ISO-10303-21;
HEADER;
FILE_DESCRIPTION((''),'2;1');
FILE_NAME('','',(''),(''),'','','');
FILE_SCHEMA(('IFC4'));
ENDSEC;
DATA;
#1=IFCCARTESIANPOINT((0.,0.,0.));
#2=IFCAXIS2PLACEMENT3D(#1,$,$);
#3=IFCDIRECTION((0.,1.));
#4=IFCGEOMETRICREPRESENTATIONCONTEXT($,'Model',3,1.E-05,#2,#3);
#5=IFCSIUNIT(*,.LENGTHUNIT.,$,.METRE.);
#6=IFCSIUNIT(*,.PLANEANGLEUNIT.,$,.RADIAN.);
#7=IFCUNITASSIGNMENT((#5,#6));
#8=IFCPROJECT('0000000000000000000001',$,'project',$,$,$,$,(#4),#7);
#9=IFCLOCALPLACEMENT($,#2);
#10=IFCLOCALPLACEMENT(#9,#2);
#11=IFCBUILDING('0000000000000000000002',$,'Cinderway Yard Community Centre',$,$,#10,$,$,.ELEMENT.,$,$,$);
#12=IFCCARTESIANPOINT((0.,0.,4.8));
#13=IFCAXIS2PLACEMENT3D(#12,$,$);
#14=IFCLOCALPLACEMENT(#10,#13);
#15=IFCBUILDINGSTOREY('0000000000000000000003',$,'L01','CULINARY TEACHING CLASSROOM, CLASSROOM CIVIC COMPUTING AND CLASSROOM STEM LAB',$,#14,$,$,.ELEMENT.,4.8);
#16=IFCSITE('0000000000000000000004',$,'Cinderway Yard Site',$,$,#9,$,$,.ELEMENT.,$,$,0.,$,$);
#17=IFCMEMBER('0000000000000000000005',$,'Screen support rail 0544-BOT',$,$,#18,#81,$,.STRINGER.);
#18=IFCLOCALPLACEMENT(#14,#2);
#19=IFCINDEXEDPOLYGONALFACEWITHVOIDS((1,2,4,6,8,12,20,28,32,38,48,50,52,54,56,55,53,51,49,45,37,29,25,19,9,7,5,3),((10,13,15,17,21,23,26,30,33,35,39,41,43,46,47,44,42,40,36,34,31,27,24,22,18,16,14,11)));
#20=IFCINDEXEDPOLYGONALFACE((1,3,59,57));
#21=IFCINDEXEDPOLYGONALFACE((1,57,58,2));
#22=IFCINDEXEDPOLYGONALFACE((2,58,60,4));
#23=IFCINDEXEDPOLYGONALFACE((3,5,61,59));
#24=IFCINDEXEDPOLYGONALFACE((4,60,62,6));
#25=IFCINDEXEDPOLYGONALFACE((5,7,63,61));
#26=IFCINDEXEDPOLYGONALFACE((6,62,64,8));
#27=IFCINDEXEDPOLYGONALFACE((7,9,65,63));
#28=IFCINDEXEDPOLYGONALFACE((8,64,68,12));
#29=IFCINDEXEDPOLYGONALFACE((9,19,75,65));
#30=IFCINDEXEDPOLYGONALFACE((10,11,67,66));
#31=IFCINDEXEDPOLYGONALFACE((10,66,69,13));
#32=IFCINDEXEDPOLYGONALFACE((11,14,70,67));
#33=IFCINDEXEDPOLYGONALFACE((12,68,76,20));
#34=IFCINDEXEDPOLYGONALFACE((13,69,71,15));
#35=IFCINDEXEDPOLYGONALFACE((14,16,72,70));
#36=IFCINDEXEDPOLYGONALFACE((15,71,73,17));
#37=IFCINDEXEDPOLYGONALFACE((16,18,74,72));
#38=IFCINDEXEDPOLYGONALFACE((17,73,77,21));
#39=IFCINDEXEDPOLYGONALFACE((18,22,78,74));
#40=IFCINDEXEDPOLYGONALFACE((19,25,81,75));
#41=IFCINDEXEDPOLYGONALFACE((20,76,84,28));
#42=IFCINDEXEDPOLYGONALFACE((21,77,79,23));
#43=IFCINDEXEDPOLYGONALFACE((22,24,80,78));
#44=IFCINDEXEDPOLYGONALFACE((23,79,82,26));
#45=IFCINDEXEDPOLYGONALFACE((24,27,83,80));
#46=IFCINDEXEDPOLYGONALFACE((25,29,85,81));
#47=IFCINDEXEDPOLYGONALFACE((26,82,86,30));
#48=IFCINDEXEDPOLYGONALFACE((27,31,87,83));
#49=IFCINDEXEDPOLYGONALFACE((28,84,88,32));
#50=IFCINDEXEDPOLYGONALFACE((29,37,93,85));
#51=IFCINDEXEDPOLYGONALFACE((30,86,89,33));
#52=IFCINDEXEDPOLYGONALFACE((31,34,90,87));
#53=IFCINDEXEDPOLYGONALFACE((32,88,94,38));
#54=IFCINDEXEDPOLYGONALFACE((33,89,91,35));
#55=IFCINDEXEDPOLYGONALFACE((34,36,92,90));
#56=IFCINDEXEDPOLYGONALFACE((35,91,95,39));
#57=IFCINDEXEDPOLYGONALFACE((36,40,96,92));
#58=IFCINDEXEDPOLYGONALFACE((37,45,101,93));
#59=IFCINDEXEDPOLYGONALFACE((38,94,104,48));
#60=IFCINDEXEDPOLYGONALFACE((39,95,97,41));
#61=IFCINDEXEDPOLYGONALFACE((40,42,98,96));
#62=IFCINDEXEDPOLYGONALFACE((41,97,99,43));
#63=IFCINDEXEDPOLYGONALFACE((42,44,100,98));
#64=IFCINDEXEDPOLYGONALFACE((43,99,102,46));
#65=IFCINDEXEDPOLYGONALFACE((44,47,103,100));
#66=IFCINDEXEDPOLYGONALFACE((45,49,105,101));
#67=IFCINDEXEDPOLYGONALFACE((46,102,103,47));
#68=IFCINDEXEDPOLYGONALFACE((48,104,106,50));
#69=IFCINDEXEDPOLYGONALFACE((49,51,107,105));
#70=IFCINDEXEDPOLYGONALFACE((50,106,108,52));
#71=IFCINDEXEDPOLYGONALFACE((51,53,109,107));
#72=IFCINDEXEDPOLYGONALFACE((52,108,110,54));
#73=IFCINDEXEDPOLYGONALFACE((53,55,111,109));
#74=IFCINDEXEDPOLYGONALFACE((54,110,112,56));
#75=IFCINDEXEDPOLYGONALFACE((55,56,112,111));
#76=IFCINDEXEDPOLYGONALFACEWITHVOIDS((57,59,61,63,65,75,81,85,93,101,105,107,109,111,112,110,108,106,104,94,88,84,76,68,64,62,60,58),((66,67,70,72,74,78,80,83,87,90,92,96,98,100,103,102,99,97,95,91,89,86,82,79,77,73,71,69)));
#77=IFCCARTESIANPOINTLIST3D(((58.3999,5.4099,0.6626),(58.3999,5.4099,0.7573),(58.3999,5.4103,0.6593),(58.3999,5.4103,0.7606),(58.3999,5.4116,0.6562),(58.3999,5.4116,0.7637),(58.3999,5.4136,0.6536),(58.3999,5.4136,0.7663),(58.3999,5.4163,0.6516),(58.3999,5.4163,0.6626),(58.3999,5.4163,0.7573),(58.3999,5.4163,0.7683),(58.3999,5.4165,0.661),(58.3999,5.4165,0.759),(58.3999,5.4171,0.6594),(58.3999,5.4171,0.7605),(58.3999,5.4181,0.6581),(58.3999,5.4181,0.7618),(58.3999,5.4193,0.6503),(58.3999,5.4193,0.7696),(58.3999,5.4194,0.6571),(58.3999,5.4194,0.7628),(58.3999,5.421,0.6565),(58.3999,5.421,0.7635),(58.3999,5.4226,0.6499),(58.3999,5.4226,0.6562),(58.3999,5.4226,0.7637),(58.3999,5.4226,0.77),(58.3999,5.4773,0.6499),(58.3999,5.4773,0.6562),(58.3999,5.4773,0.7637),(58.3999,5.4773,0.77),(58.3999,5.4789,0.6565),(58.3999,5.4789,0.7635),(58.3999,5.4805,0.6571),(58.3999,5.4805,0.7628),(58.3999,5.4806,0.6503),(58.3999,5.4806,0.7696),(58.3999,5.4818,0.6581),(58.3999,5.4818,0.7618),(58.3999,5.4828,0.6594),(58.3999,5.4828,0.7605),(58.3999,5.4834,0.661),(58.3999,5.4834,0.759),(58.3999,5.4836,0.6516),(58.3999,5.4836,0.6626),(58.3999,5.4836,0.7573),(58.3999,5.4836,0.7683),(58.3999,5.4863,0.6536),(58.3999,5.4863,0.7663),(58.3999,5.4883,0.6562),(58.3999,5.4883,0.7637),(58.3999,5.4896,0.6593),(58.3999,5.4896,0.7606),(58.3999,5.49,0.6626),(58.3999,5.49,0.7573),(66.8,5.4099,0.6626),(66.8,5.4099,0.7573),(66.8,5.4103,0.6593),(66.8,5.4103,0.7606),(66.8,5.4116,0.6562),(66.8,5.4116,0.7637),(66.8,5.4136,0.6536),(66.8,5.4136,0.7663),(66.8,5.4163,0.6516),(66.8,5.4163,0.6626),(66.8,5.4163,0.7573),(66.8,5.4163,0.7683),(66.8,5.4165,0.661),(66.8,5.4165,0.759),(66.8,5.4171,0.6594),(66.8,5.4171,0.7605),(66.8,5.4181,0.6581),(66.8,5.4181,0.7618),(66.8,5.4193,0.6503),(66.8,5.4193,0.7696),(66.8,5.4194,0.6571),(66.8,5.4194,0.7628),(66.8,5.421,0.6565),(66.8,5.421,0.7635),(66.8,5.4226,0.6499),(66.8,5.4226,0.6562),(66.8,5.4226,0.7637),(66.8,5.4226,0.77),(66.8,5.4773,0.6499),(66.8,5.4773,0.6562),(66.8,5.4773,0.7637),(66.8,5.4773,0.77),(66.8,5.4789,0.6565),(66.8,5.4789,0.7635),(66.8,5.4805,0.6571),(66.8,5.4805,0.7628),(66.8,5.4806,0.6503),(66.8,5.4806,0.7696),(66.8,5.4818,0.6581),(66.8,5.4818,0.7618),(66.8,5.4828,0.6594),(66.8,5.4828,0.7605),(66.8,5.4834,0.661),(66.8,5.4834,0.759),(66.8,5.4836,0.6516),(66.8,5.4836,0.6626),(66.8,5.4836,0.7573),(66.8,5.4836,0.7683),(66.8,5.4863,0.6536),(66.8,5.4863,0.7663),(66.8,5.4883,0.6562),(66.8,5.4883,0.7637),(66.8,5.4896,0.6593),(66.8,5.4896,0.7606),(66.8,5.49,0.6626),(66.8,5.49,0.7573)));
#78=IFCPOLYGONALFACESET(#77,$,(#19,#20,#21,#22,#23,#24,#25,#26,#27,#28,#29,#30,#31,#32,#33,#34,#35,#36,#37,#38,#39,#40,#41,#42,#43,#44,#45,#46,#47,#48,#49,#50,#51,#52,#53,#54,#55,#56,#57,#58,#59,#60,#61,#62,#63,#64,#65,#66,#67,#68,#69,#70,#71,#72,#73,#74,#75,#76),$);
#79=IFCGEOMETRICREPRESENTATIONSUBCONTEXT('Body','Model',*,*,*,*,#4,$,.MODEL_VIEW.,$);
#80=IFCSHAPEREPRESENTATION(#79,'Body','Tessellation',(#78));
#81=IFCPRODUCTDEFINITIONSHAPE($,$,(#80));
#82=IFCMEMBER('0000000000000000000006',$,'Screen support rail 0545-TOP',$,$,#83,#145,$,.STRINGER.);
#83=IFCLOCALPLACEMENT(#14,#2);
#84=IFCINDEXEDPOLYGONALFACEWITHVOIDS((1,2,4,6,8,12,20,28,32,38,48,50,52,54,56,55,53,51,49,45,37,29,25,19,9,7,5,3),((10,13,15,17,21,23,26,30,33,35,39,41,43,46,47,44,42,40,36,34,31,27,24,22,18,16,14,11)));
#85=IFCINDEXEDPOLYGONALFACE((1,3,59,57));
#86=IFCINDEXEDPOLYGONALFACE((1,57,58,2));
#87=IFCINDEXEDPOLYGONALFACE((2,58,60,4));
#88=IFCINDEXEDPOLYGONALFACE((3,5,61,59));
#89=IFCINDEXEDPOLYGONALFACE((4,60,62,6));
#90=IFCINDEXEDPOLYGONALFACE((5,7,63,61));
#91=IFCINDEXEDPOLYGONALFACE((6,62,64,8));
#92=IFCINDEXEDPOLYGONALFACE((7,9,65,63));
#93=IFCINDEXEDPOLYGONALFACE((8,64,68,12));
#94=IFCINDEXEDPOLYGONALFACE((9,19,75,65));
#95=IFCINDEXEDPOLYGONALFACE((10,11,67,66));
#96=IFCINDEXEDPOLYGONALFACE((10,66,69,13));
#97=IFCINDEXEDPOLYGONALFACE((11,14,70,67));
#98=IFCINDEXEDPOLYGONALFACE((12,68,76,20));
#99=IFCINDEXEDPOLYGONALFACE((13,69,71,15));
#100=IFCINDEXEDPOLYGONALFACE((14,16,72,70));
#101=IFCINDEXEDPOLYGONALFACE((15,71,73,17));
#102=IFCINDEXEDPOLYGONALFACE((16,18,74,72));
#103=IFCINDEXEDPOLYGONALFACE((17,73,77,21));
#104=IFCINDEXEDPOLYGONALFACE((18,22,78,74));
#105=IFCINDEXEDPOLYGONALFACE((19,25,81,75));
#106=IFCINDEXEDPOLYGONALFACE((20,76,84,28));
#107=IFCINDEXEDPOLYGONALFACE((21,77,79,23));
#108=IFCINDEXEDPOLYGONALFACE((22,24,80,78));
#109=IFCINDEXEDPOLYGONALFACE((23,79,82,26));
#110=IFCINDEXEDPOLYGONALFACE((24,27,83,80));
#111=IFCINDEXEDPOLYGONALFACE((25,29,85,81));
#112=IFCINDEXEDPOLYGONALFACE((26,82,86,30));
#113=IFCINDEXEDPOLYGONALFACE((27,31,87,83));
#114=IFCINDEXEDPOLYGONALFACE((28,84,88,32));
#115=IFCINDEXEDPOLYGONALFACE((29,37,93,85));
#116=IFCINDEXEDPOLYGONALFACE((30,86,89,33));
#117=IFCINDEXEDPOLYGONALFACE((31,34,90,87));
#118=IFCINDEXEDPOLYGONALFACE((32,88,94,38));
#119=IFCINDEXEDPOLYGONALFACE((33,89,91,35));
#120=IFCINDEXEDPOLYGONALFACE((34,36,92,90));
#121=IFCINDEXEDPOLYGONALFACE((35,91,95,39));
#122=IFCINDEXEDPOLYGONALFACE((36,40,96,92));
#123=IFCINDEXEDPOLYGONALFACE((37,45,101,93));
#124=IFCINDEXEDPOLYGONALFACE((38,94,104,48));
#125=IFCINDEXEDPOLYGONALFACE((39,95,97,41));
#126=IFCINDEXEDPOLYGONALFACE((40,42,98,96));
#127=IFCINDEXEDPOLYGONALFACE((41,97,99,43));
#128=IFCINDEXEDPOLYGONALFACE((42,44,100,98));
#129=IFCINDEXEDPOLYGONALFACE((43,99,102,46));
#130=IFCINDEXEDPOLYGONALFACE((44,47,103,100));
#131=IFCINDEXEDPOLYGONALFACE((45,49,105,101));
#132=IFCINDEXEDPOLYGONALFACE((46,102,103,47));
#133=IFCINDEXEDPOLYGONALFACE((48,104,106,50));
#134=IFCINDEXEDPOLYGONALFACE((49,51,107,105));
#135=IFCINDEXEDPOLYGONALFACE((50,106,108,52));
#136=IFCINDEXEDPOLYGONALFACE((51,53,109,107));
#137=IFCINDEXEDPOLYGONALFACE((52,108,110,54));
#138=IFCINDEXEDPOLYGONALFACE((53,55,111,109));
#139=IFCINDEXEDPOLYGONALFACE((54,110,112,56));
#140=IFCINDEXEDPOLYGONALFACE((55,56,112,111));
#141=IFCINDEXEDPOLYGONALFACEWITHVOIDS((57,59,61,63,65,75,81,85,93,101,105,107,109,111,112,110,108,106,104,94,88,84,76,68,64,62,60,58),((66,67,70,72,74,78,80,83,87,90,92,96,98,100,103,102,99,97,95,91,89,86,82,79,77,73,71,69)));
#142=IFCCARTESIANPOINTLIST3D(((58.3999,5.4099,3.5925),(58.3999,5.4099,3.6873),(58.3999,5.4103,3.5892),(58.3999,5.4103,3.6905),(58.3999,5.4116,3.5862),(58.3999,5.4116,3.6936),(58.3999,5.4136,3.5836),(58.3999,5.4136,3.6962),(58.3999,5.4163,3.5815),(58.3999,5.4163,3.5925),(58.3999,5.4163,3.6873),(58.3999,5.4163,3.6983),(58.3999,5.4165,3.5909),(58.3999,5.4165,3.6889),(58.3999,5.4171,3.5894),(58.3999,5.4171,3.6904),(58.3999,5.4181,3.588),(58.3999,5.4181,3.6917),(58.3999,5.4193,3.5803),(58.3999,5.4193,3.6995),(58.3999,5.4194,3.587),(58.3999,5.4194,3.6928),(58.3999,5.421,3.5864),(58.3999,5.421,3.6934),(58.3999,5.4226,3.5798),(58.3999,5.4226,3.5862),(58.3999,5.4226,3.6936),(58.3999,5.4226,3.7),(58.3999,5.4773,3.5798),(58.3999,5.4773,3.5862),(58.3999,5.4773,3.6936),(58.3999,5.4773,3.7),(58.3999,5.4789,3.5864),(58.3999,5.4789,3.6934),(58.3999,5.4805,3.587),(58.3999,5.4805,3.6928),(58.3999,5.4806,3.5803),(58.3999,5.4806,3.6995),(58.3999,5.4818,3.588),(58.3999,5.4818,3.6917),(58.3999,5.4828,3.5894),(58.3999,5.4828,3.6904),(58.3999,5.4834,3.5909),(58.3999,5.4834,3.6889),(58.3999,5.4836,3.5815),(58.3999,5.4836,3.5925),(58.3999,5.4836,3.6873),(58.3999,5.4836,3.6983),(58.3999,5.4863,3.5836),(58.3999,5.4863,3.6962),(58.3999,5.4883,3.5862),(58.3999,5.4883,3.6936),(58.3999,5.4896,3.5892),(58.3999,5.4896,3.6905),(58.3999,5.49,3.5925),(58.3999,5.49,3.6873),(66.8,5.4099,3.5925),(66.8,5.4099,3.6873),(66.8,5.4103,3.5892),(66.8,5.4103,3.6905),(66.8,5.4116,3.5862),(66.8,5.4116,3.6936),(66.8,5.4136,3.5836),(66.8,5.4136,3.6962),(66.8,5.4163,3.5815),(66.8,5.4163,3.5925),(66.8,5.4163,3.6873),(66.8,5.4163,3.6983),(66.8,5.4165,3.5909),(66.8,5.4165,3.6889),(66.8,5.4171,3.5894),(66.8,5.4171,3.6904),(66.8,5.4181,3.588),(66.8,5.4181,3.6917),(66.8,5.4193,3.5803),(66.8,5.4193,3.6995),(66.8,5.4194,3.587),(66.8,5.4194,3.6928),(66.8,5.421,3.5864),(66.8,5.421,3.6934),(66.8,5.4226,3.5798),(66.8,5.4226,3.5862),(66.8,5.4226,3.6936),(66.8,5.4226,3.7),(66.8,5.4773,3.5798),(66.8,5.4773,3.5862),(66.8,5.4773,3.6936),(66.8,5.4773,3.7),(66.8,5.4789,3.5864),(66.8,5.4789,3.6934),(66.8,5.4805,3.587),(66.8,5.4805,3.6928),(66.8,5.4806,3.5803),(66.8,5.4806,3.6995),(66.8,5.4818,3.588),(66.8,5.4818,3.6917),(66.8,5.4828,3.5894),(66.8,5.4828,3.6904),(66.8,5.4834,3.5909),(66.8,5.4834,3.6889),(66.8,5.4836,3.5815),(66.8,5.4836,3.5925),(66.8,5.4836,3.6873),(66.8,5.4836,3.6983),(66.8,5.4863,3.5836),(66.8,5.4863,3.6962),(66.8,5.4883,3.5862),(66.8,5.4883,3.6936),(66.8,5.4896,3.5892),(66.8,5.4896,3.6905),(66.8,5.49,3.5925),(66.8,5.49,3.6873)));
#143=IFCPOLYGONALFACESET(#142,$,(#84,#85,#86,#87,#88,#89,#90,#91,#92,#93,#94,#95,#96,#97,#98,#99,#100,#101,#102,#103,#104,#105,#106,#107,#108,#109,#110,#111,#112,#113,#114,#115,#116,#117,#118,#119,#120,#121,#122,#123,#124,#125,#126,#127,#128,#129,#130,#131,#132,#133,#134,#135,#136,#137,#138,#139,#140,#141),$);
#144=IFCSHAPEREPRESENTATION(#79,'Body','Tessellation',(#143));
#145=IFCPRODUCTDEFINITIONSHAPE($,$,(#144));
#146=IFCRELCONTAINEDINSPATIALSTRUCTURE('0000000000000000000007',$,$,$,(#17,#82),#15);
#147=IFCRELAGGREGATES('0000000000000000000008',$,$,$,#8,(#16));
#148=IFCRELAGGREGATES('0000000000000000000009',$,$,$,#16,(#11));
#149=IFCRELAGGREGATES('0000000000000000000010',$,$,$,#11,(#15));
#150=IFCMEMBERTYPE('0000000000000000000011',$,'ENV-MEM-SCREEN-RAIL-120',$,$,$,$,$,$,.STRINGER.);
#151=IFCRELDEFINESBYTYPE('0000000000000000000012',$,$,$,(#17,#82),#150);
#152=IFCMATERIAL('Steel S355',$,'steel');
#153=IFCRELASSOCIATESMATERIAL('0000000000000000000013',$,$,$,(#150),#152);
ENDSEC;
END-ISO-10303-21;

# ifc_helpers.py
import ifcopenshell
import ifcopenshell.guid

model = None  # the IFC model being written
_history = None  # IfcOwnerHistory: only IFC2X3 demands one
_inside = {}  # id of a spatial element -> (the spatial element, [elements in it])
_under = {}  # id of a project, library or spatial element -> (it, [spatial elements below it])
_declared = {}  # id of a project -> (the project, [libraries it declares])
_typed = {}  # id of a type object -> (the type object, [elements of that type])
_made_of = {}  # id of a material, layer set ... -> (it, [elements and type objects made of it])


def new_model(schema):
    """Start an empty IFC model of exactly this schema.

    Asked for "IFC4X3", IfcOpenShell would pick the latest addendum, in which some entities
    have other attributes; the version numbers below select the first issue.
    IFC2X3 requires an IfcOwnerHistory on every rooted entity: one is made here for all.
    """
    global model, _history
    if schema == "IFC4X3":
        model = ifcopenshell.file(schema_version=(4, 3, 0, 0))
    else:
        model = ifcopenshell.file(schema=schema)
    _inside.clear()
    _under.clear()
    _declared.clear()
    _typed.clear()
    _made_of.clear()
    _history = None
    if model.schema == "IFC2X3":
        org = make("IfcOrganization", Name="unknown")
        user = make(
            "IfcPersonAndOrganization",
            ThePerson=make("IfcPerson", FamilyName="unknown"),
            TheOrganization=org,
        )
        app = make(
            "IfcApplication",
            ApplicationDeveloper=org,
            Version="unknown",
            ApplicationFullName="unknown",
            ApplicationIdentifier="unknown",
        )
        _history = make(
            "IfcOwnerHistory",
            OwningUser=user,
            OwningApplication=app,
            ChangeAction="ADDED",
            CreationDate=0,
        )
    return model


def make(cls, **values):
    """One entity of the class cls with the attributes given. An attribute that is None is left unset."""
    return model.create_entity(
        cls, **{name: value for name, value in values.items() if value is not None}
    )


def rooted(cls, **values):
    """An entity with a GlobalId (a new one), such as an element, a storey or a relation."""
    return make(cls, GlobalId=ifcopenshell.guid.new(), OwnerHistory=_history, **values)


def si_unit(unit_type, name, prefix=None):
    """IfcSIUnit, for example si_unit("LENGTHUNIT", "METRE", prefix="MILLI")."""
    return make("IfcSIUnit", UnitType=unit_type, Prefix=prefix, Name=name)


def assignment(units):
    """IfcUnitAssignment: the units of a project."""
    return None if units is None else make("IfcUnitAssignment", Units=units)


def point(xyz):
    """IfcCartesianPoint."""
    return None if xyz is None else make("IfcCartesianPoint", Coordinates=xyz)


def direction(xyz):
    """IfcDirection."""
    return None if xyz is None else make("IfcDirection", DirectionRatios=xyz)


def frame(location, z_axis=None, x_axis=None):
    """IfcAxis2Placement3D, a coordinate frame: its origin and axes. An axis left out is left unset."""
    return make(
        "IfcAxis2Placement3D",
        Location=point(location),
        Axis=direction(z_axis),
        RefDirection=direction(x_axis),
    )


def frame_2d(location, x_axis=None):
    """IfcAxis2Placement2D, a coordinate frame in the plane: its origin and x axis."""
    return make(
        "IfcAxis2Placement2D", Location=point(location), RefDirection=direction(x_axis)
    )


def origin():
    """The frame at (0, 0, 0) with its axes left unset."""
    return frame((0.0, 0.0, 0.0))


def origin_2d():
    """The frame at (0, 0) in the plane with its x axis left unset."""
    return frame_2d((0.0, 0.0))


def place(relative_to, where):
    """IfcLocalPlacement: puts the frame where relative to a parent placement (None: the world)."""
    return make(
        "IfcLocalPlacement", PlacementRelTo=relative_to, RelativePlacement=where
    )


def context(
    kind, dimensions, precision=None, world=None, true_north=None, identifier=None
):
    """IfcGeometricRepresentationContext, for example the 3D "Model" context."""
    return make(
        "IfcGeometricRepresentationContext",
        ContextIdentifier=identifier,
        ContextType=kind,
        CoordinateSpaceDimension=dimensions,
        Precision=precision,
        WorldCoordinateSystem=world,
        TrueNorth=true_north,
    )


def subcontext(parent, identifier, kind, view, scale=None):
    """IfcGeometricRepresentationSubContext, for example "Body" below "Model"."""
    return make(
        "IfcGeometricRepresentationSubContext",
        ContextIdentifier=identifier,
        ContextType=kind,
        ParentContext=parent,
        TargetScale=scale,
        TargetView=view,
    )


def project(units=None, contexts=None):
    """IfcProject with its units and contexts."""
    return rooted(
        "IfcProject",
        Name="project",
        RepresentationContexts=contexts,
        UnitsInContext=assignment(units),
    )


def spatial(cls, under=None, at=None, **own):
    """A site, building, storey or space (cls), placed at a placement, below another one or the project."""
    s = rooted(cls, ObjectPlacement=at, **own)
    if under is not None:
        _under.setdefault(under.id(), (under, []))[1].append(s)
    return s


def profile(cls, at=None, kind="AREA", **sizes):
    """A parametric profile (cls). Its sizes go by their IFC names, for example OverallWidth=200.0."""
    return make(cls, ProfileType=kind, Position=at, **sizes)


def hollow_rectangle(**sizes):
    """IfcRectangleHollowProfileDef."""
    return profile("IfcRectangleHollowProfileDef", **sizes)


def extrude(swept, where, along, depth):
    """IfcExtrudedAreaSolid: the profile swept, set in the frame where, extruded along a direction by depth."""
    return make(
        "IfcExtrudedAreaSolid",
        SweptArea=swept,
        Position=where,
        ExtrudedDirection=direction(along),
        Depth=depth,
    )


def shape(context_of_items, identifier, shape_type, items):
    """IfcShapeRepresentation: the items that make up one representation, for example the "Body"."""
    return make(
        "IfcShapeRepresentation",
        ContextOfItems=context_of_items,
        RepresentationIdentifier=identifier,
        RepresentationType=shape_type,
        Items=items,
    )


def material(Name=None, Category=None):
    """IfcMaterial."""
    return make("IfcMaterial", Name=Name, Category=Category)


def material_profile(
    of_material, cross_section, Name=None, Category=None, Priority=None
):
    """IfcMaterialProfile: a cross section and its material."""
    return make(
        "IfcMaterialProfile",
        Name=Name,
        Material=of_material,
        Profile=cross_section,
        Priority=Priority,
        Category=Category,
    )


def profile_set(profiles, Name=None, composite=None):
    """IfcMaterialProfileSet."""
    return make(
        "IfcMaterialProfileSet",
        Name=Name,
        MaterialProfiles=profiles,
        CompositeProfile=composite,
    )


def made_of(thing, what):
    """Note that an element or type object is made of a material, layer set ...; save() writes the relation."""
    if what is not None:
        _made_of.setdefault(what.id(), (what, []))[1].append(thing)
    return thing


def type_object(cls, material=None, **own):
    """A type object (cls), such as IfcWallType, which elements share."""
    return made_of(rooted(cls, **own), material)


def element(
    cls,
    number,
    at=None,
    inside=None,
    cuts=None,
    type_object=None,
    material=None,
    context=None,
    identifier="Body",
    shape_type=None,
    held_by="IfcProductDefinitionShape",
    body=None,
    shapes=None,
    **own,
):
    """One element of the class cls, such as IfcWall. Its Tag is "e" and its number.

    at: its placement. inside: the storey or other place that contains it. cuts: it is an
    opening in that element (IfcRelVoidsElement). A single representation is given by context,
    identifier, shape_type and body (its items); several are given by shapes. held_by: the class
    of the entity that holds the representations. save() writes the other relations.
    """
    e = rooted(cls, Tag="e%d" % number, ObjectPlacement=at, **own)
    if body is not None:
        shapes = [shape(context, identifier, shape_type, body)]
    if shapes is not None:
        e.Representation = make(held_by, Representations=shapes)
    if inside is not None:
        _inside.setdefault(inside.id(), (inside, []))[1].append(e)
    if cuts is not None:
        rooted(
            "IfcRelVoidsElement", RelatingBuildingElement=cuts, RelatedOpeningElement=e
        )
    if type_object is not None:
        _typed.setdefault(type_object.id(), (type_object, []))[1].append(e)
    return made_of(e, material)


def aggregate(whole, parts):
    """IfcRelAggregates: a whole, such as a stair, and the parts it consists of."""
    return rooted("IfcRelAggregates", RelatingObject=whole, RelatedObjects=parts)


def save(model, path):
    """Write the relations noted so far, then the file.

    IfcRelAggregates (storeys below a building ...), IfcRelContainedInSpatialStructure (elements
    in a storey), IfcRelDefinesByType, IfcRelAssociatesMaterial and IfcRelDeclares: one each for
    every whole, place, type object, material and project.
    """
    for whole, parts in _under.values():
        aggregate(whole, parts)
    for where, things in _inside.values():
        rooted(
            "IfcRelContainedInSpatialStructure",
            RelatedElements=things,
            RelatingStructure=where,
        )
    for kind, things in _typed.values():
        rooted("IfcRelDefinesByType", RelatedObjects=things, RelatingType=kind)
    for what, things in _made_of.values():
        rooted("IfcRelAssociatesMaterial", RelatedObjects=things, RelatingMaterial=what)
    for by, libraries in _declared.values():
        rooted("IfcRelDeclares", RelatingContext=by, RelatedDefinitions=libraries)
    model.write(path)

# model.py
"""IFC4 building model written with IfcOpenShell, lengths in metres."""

from ifc_helpers import new_model, si_unit, direction, frame, origin, origin_2d, place, context, subcontext, project, spatial, hollow_rectangle, extrude, material, material_profile, profile_set, type_object, element, save


model = new_model("IFC4")

# Units and contexts
model_context = context("Model", 3, precision=1e-05, world=origin(), true_north=direction((0.0, 1.0)))
body_context = subcontext(model_context, "Body", "Model", "MODEL_VIEW")
ifc_project = project(units=[si_unit("LENGTHUNIT", "METRE"), si_unit("PLANEANGLEUNIT", "RADIAN")], contexts=[model_context])

# Site, building, storey
site_placement = place(None, origin())
site = spatial("IfcSite", under=ifc_project, at=site_placement, Name="Cinderway Yard Site", CompositionType="ELEMENT", RefElevation=0.0)
building_placement = place(site_placement, origin())
building = spatial("IfcBuilding", under=site, at=building_placement, Name="Cinderway Yard Community Centre", CompositionType="ELEMENT")
storey_placement = place(building_placement, frame((0.0, 0.0, 4.8)))
storey = spatial("IfcBuildingStorey", under=building, at=storey_placement, Name="L01", Description="CULINARY TEACHING CLASSROOM, CLASSROOM CIVIC COMPUTING AND CLASSROOM STEM LAB", CompositionType="ELEMENT", Elevation=4.8)

# Members
ifc_material_1 = material(Name="Steel S355", Category="steel")
ifc_material_profile_1 = material_profile(ifc_material_1, hollow_rectangle(XDim=0.0801, YDim=0.1201, WallThickness=0.0063, InnerFilletRadius=0.0063, OuterFilletRadius=0.0127, at=origin_2d()), Name="Steel S355")
ifc_profile_set_1 = profile_set([ifc_material_profile_1], Name="Steel S355")
member_type_1 = type_object("IfcMemberType", Name="ENV-MEM-SCREEN-RAIL-120", PredefinedType="STRINGER", material=ifc_profile_set_1)
for number, where, z_axis, x_axis, name in (
    (1, (58.3999, 5.45, 0.71), (1.0, 0.0, 0.0), (0.0, 1.0, 0.0), "Screen support rail 0544-BOT"),
    (2, (58.3999, 5.45, 3.6399), (1.0, 0.0, 0.0), (0.0, 1.0, 0.0), "Screen support rail 0545-TOP"),
):
    element("IfcMember", number, at=place(storey_placement, frame(where, z_axis=z_axis, x_axis=x_axis)), inside=storey, type_object=member_type_1, Name=name, PredefinedType="STRINGER", context=body_context, shape_type="SweptSolid", body=[
        extrude(hollow_rectangle(XDim=0.0801, YDim=0.1201, WallThickness=0.0063, InnerFilletRadius=0.0063, OuterFilletRadius=0.0127, at=origin_2d()), origin(), (0.0, 0.0, 1.0), 8.4001),
    ])

save(model, "model.ifc")
